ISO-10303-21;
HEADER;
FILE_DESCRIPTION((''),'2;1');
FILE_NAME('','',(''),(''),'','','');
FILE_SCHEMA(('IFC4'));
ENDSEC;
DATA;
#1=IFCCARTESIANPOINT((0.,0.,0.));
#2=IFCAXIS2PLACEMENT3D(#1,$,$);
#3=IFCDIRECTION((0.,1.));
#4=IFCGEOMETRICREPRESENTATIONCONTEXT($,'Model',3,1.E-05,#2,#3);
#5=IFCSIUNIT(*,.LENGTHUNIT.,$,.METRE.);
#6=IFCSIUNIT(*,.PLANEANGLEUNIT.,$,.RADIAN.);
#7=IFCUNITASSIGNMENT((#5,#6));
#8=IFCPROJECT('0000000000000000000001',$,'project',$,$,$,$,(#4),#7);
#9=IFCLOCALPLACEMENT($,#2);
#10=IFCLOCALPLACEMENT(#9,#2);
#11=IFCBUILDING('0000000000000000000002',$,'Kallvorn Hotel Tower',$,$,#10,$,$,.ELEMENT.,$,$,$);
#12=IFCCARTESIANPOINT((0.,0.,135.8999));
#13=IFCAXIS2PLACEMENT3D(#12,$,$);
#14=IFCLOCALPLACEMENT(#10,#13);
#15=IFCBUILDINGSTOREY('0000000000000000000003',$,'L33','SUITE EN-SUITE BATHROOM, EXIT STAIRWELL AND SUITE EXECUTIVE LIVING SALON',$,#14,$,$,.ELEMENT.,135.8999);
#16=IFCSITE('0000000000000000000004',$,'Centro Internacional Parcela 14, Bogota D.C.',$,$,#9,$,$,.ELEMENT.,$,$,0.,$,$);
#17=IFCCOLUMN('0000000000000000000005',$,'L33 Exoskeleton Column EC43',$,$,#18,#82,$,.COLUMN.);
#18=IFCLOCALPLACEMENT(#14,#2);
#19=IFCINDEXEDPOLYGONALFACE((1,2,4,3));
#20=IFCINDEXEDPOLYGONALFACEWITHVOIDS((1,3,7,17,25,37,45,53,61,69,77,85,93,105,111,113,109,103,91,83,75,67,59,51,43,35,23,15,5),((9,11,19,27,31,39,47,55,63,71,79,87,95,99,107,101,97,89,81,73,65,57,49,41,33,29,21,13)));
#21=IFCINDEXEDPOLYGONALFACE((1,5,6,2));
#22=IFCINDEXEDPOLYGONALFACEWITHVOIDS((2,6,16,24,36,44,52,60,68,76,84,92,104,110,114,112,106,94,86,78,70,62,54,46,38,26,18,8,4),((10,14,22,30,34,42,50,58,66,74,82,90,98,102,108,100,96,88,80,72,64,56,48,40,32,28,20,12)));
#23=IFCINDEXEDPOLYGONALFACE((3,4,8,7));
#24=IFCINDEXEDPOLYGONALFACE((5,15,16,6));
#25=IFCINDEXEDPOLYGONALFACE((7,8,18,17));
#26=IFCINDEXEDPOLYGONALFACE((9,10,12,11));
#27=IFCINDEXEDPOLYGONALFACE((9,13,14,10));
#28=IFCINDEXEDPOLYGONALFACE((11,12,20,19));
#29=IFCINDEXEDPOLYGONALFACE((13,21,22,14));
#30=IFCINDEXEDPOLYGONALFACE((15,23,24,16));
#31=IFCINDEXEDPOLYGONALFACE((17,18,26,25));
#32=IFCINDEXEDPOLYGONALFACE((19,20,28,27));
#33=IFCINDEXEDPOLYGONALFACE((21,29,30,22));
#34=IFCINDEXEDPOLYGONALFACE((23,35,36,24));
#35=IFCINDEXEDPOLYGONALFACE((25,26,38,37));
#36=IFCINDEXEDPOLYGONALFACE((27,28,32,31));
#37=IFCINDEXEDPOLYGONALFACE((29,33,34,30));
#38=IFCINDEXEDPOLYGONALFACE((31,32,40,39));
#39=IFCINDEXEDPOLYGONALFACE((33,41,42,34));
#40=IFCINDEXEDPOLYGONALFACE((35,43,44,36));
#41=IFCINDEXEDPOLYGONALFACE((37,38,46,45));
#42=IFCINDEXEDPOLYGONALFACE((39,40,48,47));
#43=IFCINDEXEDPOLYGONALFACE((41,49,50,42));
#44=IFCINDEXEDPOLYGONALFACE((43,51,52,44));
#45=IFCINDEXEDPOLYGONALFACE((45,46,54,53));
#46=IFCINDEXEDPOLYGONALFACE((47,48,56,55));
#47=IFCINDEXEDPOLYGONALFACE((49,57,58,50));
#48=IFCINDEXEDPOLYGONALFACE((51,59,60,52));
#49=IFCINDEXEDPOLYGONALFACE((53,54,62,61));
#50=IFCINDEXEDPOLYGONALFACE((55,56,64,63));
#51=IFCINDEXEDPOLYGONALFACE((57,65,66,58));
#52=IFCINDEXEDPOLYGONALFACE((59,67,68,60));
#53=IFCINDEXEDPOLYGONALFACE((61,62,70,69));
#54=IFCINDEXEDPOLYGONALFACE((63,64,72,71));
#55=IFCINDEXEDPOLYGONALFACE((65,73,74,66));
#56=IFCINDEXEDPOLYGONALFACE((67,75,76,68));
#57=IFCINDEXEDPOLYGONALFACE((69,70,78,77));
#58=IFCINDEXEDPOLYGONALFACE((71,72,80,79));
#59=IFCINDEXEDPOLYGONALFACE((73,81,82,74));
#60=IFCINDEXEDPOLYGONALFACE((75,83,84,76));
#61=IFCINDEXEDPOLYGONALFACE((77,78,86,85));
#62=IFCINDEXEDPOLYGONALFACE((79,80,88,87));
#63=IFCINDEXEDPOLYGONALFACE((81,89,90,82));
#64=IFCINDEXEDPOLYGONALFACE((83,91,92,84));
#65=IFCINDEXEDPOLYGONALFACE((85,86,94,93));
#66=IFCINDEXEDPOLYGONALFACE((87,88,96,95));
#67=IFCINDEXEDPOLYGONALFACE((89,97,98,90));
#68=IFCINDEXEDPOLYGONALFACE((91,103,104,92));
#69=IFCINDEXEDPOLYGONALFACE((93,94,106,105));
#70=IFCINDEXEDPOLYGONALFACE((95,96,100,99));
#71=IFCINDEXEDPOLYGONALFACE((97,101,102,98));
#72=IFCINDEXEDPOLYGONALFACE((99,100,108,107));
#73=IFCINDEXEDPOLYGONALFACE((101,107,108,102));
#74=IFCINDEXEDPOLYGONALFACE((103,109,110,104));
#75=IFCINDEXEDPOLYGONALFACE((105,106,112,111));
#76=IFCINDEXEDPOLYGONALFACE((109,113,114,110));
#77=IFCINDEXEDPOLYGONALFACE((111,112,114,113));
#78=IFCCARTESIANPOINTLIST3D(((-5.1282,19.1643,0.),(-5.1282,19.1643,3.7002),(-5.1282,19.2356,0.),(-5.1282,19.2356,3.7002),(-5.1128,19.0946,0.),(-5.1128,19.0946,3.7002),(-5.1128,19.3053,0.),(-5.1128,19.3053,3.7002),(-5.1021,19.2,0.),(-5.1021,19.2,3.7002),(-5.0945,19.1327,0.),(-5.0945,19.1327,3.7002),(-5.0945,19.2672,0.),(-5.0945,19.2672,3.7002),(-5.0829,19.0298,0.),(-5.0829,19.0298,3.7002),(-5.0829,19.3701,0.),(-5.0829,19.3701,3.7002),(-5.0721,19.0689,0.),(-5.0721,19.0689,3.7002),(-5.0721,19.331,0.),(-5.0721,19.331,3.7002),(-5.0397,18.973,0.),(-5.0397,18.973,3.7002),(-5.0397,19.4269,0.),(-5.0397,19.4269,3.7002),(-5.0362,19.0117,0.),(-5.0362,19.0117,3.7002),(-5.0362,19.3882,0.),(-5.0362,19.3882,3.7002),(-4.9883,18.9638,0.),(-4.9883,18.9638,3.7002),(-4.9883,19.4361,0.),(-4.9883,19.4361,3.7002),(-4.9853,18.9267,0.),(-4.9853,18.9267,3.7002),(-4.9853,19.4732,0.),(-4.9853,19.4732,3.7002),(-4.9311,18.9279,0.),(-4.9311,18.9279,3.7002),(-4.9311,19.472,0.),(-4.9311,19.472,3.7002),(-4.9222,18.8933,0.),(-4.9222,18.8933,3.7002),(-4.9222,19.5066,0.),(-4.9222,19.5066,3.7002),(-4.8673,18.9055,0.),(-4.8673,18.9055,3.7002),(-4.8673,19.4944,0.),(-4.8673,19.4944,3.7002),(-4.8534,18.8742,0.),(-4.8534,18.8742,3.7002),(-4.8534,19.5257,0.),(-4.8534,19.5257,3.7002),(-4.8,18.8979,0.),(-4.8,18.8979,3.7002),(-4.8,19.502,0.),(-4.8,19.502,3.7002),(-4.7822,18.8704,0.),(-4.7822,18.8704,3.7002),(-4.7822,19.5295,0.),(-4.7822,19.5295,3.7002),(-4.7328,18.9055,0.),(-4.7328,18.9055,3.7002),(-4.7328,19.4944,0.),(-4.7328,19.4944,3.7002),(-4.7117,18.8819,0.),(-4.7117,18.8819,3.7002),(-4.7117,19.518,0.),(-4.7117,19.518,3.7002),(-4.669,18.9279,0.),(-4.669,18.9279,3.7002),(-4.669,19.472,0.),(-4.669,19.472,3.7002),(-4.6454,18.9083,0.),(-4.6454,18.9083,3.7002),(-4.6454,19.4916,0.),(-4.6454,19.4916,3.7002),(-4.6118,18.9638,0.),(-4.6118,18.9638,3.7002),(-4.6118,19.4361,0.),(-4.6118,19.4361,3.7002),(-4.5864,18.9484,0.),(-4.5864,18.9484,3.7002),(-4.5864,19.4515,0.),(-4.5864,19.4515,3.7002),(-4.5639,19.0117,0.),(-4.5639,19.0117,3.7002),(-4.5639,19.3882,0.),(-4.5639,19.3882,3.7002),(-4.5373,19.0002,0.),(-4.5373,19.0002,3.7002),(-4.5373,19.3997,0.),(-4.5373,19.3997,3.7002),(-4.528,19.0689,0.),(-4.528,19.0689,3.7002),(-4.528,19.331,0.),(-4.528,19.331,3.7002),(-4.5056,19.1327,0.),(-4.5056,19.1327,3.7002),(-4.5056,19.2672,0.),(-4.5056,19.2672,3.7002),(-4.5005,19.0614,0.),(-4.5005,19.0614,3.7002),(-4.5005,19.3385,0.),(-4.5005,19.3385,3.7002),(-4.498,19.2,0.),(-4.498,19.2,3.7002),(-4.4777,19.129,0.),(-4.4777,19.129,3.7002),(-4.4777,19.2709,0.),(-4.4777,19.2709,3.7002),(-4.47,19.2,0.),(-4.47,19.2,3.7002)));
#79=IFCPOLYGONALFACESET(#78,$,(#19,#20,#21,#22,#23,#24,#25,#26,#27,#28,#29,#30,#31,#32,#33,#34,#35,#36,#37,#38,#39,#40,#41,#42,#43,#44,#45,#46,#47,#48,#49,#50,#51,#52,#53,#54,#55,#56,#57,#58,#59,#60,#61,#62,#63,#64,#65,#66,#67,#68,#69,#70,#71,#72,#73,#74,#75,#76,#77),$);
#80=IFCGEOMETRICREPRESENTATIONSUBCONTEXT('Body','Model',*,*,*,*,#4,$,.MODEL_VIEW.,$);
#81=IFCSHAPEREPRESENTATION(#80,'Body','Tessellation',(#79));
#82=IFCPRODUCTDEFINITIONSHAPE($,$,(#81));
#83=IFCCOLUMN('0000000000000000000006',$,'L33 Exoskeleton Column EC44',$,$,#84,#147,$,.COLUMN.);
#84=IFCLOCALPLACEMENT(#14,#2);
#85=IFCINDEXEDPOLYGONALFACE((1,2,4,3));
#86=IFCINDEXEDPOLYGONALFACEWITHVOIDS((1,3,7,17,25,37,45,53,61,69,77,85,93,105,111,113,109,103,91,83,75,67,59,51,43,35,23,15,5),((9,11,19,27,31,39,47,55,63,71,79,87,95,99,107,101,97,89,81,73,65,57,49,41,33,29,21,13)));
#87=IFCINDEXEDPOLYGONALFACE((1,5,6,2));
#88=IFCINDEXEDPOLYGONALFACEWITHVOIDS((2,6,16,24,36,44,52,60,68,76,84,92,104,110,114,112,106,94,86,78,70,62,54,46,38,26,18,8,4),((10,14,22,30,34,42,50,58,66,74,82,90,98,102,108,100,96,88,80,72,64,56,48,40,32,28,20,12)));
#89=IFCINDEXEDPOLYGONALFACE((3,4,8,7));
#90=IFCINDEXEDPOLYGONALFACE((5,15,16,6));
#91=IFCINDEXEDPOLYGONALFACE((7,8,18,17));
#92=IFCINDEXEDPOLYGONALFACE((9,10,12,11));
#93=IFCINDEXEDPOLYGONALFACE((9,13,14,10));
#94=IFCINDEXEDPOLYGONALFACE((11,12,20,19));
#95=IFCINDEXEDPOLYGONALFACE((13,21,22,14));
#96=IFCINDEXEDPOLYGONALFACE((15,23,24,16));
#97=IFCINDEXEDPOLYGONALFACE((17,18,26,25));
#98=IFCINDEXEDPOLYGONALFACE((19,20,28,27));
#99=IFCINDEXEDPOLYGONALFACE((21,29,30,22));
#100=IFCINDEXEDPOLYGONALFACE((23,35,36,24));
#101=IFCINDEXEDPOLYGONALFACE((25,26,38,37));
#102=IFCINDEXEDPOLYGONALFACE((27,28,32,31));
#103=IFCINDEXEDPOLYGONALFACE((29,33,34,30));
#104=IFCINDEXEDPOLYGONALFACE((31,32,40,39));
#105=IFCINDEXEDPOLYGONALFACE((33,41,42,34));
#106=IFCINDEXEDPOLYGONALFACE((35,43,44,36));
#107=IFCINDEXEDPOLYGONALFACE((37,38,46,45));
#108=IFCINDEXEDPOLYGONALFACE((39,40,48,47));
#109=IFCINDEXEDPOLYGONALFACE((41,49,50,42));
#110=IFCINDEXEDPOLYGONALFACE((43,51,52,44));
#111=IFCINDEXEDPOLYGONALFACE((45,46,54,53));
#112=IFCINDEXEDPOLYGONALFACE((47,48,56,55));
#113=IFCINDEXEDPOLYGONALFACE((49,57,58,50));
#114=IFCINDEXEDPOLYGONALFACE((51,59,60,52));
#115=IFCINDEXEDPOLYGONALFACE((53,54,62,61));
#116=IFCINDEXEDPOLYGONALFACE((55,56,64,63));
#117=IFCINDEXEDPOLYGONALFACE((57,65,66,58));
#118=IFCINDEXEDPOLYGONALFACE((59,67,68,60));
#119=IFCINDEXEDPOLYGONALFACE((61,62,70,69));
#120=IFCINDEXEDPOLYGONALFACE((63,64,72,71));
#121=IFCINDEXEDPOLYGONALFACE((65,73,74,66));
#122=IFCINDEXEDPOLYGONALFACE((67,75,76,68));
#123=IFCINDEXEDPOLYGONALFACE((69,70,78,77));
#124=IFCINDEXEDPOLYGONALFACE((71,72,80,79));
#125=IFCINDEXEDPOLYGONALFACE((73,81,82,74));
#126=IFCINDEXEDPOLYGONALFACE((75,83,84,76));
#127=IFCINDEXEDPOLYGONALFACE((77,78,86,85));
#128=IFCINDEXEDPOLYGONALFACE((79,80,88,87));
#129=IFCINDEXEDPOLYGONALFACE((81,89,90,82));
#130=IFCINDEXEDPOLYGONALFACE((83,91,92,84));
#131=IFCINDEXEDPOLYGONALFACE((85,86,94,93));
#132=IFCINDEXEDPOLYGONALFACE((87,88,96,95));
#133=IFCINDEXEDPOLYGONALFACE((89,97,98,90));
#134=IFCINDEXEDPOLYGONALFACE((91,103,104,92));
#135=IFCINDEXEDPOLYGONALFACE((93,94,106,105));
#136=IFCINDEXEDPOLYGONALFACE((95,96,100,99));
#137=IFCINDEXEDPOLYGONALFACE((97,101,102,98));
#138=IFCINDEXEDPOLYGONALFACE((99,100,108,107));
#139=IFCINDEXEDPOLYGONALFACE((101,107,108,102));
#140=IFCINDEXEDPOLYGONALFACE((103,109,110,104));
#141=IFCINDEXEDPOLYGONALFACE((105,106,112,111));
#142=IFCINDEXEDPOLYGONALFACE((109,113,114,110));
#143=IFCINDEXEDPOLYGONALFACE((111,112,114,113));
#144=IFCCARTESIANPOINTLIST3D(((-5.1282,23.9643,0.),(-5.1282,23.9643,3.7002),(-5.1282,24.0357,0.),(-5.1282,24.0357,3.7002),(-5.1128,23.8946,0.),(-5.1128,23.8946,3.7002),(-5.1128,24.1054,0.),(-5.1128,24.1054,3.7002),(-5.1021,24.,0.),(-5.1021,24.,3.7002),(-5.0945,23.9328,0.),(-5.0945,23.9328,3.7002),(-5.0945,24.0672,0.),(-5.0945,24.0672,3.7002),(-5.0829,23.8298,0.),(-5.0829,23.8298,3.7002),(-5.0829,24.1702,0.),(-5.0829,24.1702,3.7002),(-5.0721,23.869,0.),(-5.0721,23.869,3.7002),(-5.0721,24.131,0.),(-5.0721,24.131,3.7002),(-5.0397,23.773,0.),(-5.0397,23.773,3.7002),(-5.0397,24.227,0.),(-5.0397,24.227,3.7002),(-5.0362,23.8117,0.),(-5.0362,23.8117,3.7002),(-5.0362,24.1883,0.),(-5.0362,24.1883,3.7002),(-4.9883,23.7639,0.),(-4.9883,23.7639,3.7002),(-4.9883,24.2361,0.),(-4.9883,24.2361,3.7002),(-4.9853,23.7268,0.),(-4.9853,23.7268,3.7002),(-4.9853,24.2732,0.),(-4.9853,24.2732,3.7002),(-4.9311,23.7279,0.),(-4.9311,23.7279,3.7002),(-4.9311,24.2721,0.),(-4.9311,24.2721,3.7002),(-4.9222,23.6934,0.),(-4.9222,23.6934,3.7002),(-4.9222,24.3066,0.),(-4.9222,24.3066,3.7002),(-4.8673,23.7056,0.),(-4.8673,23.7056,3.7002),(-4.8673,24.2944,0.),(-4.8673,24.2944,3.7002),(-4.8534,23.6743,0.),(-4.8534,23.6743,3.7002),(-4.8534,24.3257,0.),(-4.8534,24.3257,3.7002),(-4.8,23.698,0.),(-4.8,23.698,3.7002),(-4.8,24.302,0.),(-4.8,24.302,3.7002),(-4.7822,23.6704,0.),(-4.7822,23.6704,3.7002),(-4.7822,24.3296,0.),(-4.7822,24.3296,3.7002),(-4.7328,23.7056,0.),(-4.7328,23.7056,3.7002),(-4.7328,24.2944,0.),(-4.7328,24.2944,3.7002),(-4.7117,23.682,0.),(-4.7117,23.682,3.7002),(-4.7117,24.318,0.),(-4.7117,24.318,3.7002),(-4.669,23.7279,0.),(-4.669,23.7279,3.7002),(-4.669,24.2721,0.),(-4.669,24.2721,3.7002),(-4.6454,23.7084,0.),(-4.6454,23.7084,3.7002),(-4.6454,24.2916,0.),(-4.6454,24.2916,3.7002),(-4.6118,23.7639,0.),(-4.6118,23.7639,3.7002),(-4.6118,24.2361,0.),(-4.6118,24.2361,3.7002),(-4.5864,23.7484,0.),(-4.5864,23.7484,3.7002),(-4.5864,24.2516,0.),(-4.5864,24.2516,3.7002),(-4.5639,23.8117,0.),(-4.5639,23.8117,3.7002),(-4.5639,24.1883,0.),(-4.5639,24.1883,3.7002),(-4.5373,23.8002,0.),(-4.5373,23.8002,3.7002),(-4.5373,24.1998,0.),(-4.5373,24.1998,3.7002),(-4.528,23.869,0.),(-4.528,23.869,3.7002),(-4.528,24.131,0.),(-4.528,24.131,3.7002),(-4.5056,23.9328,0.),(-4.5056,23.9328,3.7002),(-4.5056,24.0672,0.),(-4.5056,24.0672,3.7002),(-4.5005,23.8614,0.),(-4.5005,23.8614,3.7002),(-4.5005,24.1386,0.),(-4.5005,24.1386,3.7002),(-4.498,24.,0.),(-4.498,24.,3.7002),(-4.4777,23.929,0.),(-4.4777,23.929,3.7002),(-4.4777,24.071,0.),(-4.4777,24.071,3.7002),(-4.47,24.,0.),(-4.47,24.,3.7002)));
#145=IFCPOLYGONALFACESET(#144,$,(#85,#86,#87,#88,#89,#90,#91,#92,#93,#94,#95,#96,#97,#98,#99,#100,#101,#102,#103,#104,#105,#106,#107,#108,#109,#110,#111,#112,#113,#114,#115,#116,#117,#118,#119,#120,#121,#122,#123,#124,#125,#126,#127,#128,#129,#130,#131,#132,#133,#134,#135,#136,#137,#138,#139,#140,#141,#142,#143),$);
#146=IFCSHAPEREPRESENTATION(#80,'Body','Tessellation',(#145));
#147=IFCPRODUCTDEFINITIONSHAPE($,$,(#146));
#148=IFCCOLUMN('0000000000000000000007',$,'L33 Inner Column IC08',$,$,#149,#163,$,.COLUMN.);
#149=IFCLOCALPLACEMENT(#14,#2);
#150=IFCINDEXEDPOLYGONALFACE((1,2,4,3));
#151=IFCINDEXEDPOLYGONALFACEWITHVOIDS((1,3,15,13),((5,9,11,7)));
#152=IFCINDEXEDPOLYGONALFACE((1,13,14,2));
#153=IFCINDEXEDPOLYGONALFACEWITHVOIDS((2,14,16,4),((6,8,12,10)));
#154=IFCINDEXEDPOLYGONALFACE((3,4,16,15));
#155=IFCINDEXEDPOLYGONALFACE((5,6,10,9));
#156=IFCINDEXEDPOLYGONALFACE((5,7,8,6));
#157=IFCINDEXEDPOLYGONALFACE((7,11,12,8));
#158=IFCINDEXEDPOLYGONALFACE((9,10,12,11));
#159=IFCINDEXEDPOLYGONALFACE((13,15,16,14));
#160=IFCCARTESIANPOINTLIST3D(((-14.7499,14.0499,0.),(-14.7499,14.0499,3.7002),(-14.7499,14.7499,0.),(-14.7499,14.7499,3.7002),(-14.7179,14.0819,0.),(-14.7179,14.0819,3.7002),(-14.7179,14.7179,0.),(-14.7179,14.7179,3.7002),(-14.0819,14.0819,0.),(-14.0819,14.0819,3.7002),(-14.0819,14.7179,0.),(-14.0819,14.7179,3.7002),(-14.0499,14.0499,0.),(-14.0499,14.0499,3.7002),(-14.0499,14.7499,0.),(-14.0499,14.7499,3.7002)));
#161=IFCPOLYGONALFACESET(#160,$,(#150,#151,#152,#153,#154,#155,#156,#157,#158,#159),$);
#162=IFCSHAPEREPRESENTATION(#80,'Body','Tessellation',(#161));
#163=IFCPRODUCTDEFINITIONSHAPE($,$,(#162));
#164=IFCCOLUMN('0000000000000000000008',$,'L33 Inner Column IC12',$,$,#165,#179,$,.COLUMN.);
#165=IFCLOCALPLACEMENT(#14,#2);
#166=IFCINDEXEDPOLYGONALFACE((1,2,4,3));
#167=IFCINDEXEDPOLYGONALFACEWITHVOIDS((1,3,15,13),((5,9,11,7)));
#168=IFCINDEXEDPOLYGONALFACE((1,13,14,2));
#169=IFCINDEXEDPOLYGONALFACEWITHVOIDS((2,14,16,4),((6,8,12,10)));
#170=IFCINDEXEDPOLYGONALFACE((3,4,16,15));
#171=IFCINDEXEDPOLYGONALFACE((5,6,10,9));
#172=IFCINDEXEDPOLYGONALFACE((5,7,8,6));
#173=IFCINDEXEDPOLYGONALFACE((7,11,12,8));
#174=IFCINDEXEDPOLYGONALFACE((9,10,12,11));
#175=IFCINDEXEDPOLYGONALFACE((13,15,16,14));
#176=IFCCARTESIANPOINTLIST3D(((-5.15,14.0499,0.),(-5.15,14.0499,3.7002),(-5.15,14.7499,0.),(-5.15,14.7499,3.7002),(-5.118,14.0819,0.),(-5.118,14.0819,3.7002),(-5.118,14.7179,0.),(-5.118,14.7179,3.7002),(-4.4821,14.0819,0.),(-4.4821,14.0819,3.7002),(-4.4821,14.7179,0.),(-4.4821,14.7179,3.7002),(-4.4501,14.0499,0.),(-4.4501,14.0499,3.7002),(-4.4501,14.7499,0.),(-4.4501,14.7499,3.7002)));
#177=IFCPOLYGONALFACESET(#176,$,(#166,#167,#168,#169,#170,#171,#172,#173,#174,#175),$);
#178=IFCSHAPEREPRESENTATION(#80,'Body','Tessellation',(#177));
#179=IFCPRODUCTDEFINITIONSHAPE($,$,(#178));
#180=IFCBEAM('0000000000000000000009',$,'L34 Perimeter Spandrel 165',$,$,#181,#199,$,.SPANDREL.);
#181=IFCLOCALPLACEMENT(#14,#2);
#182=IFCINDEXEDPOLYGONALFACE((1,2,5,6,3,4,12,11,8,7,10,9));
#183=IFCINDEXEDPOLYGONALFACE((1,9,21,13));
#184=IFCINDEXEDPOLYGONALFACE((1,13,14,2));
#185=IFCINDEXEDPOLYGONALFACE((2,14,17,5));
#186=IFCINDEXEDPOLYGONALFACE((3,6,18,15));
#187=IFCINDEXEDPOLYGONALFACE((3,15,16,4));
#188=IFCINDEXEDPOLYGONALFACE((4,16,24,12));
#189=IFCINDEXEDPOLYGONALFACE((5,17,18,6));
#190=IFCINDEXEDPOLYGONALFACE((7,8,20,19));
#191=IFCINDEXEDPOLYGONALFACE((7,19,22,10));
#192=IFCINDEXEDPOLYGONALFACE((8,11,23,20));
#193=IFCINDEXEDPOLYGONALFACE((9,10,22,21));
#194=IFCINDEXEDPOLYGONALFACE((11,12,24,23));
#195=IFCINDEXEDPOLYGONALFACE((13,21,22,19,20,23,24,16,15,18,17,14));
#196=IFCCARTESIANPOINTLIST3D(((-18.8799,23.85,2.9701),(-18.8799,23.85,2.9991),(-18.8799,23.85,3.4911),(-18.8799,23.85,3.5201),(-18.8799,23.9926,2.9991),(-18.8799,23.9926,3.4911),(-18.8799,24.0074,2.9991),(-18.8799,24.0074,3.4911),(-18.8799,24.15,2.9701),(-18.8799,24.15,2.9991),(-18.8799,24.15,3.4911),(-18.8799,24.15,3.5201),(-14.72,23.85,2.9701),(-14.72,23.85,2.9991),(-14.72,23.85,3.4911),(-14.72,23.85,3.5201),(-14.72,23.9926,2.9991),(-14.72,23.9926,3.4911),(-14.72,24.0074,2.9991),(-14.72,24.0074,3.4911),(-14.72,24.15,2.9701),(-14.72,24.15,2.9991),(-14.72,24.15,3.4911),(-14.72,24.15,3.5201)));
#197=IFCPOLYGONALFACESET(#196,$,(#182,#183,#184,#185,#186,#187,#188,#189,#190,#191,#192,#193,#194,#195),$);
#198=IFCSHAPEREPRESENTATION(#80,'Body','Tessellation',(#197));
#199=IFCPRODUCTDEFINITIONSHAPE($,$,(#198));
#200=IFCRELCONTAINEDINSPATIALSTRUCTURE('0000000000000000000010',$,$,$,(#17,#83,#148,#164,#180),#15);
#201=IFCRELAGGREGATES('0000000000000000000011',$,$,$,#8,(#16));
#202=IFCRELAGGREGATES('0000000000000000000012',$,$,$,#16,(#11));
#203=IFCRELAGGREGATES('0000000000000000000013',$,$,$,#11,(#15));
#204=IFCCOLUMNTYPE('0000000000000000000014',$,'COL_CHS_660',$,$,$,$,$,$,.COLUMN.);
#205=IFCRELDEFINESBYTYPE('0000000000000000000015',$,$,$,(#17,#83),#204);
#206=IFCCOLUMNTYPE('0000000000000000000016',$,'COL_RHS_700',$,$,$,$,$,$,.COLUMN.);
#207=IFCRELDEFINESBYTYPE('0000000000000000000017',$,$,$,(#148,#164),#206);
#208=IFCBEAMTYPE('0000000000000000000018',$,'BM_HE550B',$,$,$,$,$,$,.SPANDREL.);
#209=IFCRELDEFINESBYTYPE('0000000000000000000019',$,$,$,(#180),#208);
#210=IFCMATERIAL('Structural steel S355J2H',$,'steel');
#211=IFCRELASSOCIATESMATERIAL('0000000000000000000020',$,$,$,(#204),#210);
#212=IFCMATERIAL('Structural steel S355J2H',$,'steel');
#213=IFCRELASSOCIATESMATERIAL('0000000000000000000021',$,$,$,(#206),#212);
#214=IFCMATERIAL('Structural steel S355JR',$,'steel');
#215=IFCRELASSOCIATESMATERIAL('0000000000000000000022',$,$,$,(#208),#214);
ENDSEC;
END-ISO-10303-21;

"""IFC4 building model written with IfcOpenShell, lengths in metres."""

from ifc_helpers import new_model, si_unit, direction, frame, origin, origin_2d, place, context, subcontext, project, spatial, hollow_rectangle, hollow_circle, i_section, extrude, material, material_profile, profile_set, type_object, element, save


model = new_model("IFC4")

# Units and contexts
model_context = context("Model", 3, precision=1e-05, world=origin(), true_north=direction((0.0, 1.0)))
body_context = subcontext(model_context, "Body", "Model", "MODEL_VIEW")
ifc_project = project(units=[si_unit("LENGTHUNIT", "METRE"), si_unit("PLANEANGLEUNIT", "RADIAN")], contexts=[model_context])

# Site, building, storey
site_placement = place(None, origin())
site = spatial("IfcSite", under=ifc_project, at=site_placement, Name="Centro Internacional Parcela 14, Bogota D.C.", CompositionType="ELEMENT", RefElevation=0.0)
building_placement = place(site_placement, origin())
building = spatial("IfcBuilding", under=site, at=building_placement, Name="Kallvorn Hotel Tower", CompositionType="ELEMENT")
storey_placement = place(building_placement, frame((0.0, 0.0, 135.8999)))
storey = spatial("IfcBuildingStorey", under=building, at=storey_placement, Name="L33", Description="SUITE EN-SUITE BATHROOM, EXIT STAIRWELL AND SUITE EXECUTIVE LIVING SALON", CompositionType="ELEMENT", Elevation=135.8999)

# Columns
ifc_material_1 = material(Name="Structural steel S355J2H", Category="steel")
ifc_material_profile_1 = material_profile(ifc_material_1, hollow_circle(Radius=0.3301, WallThickness=0.0281, at=origin_2d()), Name="CHS 660x28")
ifc_profile_set_1 = profile_set([ifc_material_profile_1], Name="Structural steel S355J2H")
column_type_1 = type_object("IfcColumnType", Name="COL_CHS_660", PredefinedType="COLUMN", material=ifc_profile_set_1)
for number, where, z_axis, x_axis, name in (
    (1, (-4.8, 19.2, 0.0), (0.0, 0.0, 1.0), (1.0, 0.0, 0.0), "L33 Exoskeleton Column EC43"),
    (2, (-4.8, 24.0, 0.0), (0.0, 0.0, 1.0), (1.0, 0.0, 0.0), "L33 Exoskeleton Column EC44"),
):
    element("IfcColumn", number, at=place(storey_placement, frame(where, z_axis=z_axis, x_axis=x_axis)), inside=storey, type_object=column_type_1, Name=name, PredefinedType="COLUMN", context=body_context, shape_type="SweptSolid", body=[
        extrude(hollow_circle(Radius=0.3301, WallThickness=0.0281, at=origin_2d()), origin(), (0.0, 0.0, 1.0), 3.7002),
    ])
ifc_material_2 = material(Name="Structural steel S355J2H", Category="steel")
ifc_material_profile_2 = material_profile(ifc_material_2, hollow_rectangle(XDim=0.7, YDim=0.7, WallThickness=0.032, at=origin_2d()), Name="RHS 700x700x32")
ifc_profile_set_2 = profile_set([ifc_material_profile_2], Name="Structural steel S355J2H")
column_type_2 = type_object("IfcColumnType", Name="COL_RHS_700", PredefinedType="COLUMN", material=ifc_profile_set_2)
for number, where, z_axis, x_axis, name in (
    (3, (-14.3999, 14.3999, 0.0), (0.0, 0.0, 1.0), (1.0, 0.0, 0.0), "L33 Inner Column IC08"),
    (4, (-4.8, 14.3999, 0.0), (0.0, 0.0, 1.0), (1.0, 0.0, 0.0), "L33 Inner Column IC12"),
):
    element("IfcColumn", number, at=place(storey_placement, frame(where, z_axis=z_axis, x_axis=x_axis)), inside=storey, type_object=column_type_2, Name=name, PredefinedType="COLUMN", context=body_context, shape_type="SweptSolid", body=[
        extrude(hollow_rectangle(XDim=0.7, YDim=0.7, WallThickness=0.032, at=origin_2d()), origin(), (0.0, 0.0, 1.0), 3.7002),
    ])

# Beam
ifc_material_3 = material(Name="Structural steel S355JR", Category="steel")
ifc_material_profile_3 = material_profile(ifc_material_3, i_section(OverallWidth=0.3, OverallDepth=0.55, WebThickness=0.0149, FlangeThickness=0.0291, at=origin_2d()), Name="HE 550 B")
ifc_profile_set_3 = profile_set([ifc_material_profile_3], Name="Structural steel S355JR")
beam_type_1 = type_object("IfcBeamType", Name="BM_HE550B", PredefinedType="SPANDREL", material=ifc_profile_set_3)
beam_1_placement = place(storey_placement, frame((-18.8799, 24.0, 3.2451), z_axis=(1.0, 0.0, 0.0), x_axis=(0.0, 1.0, 0.0)))
element("IfcBeam", 5, at=beam_1_placement, inside=storey, type_object=beam_type_1, Name="L34 Perimeter Spandrel 165", PredefinedType="SPANDREL", context=body_context, shape_type="SweptSolid", body=[
    extrude(i_section(OverallWidth=0.3, OverallDepth=0.55, WebThickness=0.0149, FlangeThickness=0.0291, at=origin_2d()), origin(), (0.0, 0.0, 1.0), 4.1599),
])

save(model, "model.ifc")
